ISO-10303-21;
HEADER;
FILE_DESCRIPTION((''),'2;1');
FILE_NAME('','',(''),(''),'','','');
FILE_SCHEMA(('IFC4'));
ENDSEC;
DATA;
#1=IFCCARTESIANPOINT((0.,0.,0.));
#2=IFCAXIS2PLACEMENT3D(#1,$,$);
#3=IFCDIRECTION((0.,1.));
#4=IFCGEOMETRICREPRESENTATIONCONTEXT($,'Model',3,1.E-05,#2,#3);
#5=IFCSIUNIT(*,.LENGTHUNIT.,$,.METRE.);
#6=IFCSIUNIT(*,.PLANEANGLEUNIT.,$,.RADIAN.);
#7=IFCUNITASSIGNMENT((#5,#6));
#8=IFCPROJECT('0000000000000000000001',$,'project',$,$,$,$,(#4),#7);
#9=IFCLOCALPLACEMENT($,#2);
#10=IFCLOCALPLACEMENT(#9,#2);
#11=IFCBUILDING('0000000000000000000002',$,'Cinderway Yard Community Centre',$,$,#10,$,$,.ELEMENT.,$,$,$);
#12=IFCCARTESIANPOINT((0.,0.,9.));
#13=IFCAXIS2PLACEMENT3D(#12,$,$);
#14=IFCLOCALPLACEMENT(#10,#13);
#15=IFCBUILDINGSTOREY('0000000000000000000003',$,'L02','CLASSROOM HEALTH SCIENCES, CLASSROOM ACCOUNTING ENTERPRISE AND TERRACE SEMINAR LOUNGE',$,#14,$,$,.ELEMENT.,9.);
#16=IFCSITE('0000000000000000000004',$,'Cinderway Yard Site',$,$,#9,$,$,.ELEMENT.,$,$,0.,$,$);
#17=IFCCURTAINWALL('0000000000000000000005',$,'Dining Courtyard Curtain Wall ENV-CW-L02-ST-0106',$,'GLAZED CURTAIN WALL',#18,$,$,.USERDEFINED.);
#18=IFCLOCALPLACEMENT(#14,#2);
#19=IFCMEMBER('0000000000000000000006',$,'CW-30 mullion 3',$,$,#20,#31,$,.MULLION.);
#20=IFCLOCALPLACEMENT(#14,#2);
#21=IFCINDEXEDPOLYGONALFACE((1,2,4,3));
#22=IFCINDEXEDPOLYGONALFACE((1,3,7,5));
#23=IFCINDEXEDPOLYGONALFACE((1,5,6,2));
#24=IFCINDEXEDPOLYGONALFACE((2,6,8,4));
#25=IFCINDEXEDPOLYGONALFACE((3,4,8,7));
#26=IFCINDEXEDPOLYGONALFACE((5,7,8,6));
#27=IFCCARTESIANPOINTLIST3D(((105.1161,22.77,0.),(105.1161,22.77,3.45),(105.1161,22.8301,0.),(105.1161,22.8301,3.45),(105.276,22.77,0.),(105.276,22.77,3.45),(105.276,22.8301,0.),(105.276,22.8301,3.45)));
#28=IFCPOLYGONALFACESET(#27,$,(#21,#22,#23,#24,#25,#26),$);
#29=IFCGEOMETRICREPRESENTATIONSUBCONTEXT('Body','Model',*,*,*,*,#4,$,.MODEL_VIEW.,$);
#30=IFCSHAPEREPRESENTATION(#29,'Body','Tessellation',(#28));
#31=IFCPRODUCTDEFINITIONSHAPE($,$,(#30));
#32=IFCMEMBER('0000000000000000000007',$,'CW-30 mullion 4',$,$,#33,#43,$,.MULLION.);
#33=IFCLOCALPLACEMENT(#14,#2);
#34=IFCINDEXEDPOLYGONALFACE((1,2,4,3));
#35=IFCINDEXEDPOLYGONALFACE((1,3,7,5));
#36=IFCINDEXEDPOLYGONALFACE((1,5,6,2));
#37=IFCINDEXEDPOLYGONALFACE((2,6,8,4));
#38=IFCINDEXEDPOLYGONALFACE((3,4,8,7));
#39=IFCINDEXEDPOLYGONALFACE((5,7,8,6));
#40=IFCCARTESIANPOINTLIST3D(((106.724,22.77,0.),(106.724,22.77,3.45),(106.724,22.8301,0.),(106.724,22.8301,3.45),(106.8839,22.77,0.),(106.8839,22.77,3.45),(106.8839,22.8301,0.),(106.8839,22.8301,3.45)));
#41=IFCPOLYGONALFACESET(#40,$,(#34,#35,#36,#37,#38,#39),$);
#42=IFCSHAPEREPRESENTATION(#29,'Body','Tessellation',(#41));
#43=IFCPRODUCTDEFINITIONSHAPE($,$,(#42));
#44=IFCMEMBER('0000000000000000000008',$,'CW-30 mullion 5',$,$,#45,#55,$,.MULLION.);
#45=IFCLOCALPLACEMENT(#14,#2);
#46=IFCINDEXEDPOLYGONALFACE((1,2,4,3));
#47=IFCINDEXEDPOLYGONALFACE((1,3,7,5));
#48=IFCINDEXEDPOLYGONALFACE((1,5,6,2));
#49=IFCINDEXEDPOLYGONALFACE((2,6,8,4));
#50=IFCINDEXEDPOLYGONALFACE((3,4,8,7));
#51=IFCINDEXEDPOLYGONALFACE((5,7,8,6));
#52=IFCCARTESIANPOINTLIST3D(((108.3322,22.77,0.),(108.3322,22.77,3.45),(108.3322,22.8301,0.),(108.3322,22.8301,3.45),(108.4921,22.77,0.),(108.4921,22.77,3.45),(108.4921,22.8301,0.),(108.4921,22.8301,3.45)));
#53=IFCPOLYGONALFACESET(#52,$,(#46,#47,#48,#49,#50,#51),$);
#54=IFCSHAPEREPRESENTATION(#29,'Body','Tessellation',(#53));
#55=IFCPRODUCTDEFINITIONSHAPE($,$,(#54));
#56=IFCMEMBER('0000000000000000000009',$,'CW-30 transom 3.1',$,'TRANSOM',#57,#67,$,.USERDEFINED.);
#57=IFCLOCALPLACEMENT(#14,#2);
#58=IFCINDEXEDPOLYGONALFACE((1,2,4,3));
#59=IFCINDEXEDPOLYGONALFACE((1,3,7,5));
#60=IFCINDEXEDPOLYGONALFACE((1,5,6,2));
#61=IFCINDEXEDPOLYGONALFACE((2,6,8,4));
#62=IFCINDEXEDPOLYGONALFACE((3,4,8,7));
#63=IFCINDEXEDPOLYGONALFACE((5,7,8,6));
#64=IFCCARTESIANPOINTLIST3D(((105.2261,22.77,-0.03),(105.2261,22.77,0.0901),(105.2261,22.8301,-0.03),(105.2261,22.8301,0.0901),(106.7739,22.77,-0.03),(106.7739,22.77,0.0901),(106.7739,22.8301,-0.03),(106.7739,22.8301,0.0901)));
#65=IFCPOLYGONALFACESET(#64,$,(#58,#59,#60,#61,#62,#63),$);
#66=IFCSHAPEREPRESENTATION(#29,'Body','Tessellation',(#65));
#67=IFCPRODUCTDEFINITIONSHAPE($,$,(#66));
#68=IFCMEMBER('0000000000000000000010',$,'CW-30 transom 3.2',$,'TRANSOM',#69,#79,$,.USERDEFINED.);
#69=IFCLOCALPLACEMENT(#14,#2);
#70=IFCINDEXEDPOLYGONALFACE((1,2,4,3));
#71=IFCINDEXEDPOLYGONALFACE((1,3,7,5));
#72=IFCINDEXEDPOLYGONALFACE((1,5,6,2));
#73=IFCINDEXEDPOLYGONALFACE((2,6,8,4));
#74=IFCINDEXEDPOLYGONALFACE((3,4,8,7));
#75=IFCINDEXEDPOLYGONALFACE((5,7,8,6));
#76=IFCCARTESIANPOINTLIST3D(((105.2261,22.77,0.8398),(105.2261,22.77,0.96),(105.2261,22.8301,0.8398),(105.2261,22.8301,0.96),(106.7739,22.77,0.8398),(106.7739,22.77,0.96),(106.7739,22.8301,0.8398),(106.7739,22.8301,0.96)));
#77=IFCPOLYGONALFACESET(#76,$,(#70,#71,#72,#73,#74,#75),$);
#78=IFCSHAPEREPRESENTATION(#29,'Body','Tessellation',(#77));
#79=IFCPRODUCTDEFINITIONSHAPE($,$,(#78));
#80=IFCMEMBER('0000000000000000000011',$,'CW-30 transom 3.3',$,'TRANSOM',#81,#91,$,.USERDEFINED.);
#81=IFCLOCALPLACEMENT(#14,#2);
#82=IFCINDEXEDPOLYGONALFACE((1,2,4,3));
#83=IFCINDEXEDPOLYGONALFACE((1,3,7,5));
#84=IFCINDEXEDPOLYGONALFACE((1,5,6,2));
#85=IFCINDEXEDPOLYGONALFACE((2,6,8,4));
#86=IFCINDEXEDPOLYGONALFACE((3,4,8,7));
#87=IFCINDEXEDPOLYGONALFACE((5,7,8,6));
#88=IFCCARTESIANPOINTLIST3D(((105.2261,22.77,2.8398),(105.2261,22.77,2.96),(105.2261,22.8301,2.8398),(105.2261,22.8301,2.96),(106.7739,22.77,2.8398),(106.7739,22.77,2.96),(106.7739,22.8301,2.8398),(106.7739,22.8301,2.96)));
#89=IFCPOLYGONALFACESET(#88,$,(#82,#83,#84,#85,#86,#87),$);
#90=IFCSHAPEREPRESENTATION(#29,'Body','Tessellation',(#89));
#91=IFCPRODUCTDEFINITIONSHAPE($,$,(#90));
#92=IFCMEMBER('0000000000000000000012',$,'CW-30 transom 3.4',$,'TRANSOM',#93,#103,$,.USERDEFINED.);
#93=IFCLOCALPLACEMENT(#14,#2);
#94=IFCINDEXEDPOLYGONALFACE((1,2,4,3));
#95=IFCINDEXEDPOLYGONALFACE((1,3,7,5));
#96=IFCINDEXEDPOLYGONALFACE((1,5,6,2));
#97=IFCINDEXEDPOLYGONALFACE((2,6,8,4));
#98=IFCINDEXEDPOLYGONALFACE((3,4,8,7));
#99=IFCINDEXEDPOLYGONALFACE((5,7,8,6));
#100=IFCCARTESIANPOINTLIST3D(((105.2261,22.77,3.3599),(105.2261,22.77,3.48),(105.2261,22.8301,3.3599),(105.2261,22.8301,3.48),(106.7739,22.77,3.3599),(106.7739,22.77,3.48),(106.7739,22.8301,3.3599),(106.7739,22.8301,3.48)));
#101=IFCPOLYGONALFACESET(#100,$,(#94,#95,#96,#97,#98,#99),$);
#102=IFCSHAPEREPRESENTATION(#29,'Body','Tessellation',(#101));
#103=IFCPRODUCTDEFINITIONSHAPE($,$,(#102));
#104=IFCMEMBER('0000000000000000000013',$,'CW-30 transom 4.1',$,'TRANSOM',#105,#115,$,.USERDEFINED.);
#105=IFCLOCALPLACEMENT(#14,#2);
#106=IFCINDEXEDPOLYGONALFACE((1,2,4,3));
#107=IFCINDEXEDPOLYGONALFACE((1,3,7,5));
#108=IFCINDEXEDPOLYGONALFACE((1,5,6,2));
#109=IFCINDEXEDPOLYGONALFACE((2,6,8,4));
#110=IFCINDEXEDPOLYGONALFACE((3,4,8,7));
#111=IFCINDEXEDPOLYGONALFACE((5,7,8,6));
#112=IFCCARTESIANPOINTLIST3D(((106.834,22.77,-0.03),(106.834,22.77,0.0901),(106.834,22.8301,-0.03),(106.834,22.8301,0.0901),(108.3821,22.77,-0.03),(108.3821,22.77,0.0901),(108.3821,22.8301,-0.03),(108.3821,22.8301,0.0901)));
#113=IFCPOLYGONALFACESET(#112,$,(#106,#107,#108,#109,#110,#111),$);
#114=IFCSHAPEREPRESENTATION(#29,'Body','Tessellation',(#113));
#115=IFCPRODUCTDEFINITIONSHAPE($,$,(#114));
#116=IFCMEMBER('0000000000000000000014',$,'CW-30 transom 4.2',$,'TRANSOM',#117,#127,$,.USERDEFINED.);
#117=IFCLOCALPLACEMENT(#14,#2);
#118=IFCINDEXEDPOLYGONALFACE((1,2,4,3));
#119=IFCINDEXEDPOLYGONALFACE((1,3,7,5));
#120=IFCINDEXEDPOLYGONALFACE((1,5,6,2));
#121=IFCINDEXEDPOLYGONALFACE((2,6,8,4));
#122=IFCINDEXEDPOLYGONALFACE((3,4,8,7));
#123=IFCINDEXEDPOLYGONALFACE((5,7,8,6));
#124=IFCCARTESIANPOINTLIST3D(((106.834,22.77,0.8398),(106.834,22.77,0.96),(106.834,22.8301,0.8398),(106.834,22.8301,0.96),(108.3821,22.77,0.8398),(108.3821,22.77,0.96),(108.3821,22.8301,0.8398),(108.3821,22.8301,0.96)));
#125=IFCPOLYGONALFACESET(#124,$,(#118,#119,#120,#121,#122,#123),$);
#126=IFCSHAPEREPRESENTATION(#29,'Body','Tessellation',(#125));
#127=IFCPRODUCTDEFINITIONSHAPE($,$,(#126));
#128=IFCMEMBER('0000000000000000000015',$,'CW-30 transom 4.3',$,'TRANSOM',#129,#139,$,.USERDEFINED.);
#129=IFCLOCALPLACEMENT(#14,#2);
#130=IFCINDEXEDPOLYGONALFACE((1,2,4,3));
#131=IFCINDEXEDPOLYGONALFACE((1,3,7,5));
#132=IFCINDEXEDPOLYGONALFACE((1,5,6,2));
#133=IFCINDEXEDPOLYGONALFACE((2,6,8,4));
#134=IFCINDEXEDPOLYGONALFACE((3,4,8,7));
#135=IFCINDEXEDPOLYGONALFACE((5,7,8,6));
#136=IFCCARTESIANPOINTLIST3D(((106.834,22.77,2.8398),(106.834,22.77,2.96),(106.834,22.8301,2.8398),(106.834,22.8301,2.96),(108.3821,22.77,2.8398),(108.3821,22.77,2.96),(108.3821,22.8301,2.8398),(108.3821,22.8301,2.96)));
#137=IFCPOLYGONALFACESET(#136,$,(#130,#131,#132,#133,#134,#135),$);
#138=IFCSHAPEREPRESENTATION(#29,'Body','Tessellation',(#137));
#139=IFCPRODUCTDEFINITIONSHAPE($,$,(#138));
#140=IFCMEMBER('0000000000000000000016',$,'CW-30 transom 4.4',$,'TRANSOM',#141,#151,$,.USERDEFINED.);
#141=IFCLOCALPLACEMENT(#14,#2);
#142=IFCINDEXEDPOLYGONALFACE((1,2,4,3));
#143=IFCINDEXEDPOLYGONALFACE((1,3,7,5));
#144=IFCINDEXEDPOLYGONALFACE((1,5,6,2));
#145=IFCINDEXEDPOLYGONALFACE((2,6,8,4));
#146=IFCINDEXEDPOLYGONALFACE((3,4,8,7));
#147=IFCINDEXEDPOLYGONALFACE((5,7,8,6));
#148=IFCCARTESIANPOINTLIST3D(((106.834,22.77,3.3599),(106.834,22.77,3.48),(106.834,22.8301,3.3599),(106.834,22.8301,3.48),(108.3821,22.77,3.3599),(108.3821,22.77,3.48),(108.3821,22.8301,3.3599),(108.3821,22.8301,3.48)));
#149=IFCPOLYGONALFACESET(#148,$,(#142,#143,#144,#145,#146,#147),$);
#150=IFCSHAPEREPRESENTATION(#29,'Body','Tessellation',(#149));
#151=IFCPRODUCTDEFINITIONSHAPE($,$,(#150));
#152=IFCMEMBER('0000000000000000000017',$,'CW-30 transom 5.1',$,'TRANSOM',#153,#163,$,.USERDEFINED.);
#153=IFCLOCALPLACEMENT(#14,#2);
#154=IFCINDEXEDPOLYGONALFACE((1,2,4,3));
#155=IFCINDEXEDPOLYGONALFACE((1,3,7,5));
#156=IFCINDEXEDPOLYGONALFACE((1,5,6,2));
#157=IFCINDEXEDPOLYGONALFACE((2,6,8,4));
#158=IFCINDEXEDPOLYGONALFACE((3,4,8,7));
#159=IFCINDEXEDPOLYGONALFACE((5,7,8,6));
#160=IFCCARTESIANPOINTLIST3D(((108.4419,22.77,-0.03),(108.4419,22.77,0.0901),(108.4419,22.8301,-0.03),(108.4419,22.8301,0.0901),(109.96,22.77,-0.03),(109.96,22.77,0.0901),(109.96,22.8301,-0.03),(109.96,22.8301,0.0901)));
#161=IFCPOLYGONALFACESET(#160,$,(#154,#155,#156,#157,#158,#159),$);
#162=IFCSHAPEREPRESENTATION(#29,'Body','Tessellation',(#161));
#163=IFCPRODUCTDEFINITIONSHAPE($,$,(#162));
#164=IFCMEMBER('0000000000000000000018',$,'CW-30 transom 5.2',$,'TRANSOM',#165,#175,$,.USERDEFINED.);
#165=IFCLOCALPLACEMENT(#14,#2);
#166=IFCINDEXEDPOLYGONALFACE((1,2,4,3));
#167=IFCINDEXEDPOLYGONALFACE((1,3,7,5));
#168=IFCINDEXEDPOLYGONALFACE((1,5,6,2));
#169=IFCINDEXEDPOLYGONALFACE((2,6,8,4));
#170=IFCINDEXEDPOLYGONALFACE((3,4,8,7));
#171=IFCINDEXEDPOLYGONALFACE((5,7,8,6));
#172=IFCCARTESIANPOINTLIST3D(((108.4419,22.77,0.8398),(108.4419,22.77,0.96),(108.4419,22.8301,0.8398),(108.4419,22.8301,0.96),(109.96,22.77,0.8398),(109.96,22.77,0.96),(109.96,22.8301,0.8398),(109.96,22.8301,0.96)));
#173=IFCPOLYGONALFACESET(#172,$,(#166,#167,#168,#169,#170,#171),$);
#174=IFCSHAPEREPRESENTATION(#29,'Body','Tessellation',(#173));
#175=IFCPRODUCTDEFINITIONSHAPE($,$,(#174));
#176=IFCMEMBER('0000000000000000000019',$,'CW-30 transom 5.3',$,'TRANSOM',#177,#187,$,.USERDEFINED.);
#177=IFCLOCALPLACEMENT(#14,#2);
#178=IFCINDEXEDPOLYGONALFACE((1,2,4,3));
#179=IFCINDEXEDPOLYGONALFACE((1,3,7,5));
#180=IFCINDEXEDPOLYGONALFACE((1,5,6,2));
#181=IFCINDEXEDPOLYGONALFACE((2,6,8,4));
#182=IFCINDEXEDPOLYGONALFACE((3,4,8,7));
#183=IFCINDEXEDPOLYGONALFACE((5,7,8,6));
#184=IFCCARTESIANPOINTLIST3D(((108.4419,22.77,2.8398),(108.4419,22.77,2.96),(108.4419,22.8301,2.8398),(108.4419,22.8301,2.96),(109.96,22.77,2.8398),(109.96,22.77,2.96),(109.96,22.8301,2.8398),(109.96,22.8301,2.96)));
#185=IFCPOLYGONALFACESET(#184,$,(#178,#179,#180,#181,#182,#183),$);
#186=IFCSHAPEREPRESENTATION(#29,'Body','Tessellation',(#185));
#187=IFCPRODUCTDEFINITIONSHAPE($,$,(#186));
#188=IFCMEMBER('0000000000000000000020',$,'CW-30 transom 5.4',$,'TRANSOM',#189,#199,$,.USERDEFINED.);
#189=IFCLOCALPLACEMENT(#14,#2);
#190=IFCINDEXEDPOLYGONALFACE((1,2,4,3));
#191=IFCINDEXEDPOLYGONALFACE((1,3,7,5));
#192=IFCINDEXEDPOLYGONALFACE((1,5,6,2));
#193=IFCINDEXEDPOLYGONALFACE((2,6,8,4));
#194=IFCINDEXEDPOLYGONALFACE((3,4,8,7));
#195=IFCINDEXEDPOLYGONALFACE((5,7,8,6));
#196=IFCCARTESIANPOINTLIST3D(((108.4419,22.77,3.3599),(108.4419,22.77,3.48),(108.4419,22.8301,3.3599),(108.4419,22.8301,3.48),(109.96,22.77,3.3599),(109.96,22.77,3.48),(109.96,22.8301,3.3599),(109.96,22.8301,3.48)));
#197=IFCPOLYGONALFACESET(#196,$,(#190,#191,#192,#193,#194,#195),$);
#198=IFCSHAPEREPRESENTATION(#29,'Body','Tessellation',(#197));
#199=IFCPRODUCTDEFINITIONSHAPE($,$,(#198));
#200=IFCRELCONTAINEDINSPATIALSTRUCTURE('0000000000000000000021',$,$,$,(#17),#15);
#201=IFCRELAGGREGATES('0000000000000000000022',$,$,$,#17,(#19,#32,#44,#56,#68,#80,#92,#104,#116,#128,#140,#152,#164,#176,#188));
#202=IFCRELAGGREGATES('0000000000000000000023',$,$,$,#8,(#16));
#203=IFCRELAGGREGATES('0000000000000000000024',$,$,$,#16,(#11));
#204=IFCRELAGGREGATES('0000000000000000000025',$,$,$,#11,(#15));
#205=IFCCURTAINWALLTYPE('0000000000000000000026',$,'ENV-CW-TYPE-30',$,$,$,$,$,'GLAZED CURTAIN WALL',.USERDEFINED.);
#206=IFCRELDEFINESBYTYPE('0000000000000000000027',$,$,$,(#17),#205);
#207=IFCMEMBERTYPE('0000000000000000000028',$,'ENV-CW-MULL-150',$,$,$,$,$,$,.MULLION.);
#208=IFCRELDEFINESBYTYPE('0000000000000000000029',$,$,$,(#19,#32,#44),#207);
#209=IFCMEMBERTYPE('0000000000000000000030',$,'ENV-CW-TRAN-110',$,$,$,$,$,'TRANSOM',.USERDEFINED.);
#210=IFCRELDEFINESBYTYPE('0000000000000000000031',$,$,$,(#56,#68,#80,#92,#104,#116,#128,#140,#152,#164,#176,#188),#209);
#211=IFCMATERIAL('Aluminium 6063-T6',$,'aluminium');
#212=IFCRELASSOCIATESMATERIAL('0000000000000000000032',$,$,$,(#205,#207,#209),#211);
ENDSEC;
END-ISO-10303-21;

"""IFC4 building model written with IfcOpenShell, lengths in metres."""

from ifc_helpers import new_model, si_unit, direction, frame, origin, origin_2d, place, context, subcontext, project, spatial, rectangle, extrude, material, material_profile, profile_set, type_object, element, aggregate, save


model = new_model("IFC4")

# Units and contexts
model_context = context("Model", 3, precision=1e-05, world=origin(), true_north=direction((0.0, 1.0)))
body_context = subcontext(model_context, "Body", "Model", "MODEL_VIEW")
ifc_project = project(units=[si_unit("LENGTHUNIT", "METRE"), si_unit("PLANEANGLEUNIT", "RADIAN")], contexts=[model_context])

# Site, building, storey
site_placement = place(None, origin())
site = spatial("IfcSite", under=ifc_project, at=site_placement, Name="Cinderway Yard Site", CompositionType="ELEMENT", RefElevation=0.0)
building_placement = place(site_placement, origin())
building = spatial("IfcBuilding", under=site, at=building_placement, Name="Cinderway Yard Community Centre", CompositionType="ELEMENT")
storey_placement = place(building_placement, frame((0.0, 0.0, 9.0)))
storey = spatial("IfcBuildingStorey", under=building, at=storey_placement, Name="L02", Description="CLASSROOM HEALTH SCIENCES, CLASSROOM ACCOUNTING ENTERPRISE AND TERRACE SEMINAR LOUNGE", CompositionType="ELEMENT", Elevation=9.0)

# Curtain wall, members
ifc_material_1 = material(Name="Aluminium 6063-T6", Category="aluminium")
curtain_wall_type = type_object("IfcCurtainWallType", Name="ENV-CW-TYPE-30", ElementType="GLAZED CURTAIN WALL", PredefinedType="USERDEFINED", material=ifc_material_1)
curtain_wall_placement = place(storey_placement, origin())
curtain_wall = element("IfcCurtainWall", 1, at=curtain_wall_placement, inside=storey, type_object=curtain_wall_type, Name="Dining Courtyard Curtain Wall ENV-CW-L02-ST-0106", ObjectType="GLAZED CURTAIN WALL", PredefinedType="USERDEFINED")
ifc_material_profile_1 = material_profile(ifc_material_1, rectangle(XDim=0.0601, YDim=0.1599, at=origin_2d()), Name="Aluminium 6063-T6")
ifc_profile_set_1 = profile_set([ifc_material_profile_1], Name="Aluminium 6063-T6")
member_type_1 = type_object("IfcMemberType", Name="ENV-CW-MULL-150", PredefinedType="MULLION", material=ifc_profile_set_1)
member_1_placement = place(storey_placement, frame((105.196, 22.8, 0.0), z_axis=(0.0, 0.0, 1.0), x_axis=(0.0, 1.0, 0.0)))
member_1 = element("IfcMember", 2, at=member_1_placement, type_object=member_type_1, Name="CW-30 mullion 3", PredefinedType="MULLION", context=body_context, shape_type="SweptSolid", body=[
    extrude(rectangle(XDim=0.0601, YDim=0.1599, at=origin_2d()), origin(), (0.0, 0.0, 1.0), 3.45),
])
member_2_placement = place(storey_placement, frame((106.804, 22.8, 0.0), z_axis=(0.0, 0.0, 1.0), x_axis=(0.0, 1.0, 0.0)))
member_2 = element("IfcMember", 3, at=member_2_placement, type_object=member_type_1, Name="CW-30 mullion 4", PredefinedType="MULLION", context=body_context, shape_type="SweptSolid", body=[
    extrude(rectangle(XDim=0.0601, YDim=0.1599, at=origin_2d()), origin(), (0.0, 0.0, 1.0), 3.45),
])
member_3_placement = place(storey_placement, frame((108.4121, 22.8, 0.0), z_axis=(0.0, 0.0, 1.0), x_axis=(0.0, 1.0, 0.0)))
member_3 = element("IfcMember", 4, at=member_3_placement, type_object=member_type_1, Name="CW-30 mullion 5", PredefinedType="MULLION", context=body_context, shape_type="SweptSolid", body=[
    extrude(rectangle(XDim=0.0601, YDim=0.1599, at=origin_2d()), origin(), (0.0, 0.0, 1.0), 3.45),
])
ifc_material_profile_2 = material_profile(ifc_material_1, rectangle(XDim=0.0601, YDim=0.1201, at=origin_2d()), Name="Aluminium 6063-T6")
ifc_profile_set_2 = profile_set([ifc_material_profile_2], Name="Aluminium 6063-T6")
member_type_2 = type_object("IfcMemberType", Name="ENV-CW-TRAN-110", ElementType="TRANSOM", PredefinedType="USERDEFINED", material=ifc_profile_set_2)
member_4_placement = place(storey_placement, frame((105.2261, 22.8, 0.03), z_axis=(1.0, 0.0, 0.0), x_axis=(0.0, 1.0, 0.0)))
member_4 = element("IfcMember", 5, at=member_4_placement, type_object=member_type_2, Name="CW-30 transom 3.1", ObjectType="TRANSOM", PredefinedType="USERDEFINED", context=body_context, shape_type="SweptSolid", body=[
    extrude(rectangle(XDim=0.0601, YDim=0.1201, at=origin_2d()), origin(), (0.0, 0.0, 1.0), 1.5479),
])
member_5_placement = place(storey_placement, frame((105.2261, 22.8, 0.8999), z_axis=(1.0, 0.0, 0.0), x_axis=(0.0, 1.0, 0.0)))
member_5 = element("IfcMember", 6, at=member_5_placement, type_object=member_type_2, Name="CW-30 transom 3.2", ObjectType="TRANSOM", PredefinedType="USERDEFINED", context=body_context, shape_type="SweptSolid", body=[
    extrude(rectangle(XDim=0.0601, YDim=0.1201, at=origin_2d()), origin(), (0.0, 0.0, 1.0), 1.5479),
])
member_6_placement = place(storey_placement, frame((105.2261, 22.8, 2.8999), z_axis=(1.0, 0.0, 0.0), x_axis=(0.0, 1.0, 0.0)))
member_6 = element("IfcMember", 7, at=member_6_placement, type_object=member_type_2, Name="CW-30 transom 3.3", ObjectType="TRANSOM", PredefinedType="USERDEFINED", context=body_context, shape_type="SweptSolid", body=[
    extrude(rectangle(XDim=0.0601, YDim=0.1201, at=origin_2d()), origin(), (0.0, 0.0, 1.0), 1.5479),
])
member_7_placement = place(storey_placement, frame((105.2261, 22.8, 3.4199), z_axis=(1.0, 0.0, 0.0), x_axis=(0.0, 1.0, 0.0)))
member_7 = element("IfcMember", 8, at=member_7_placement, type_object=member_type_2, Name="CW-30 transom 3.4", ObjectType="TRANSOM", PredefinedType="USERDEFINED", context=body_context, shape_type="SweptSolid", body=[
    extrude(rectangle(XDim=0.0601, YDim=0.1201, at=origin_2d()), origin(), (0.0, 0.0, 1.0), 1.5479),
])
member_8_placement = place(storey_placement, frame((106.834, 22.8, 0.03), z_axis=(1.0, 0.0, 0.0), x_axis=(0.0, 1.0, 0.0)))
member_8 = element("IfcMember", 9, at=member_8_placement, type_object=member_type_2, Name="CW-30 transom 4.1", ObjectType="TRANSOM", PredefinedType="USERDEFINED", context=body_context, shape_type="SweptSolid", body=[
    extrude(rectangle(XDim=0.0601, YDim=0.1201, at=origin_2d()), origin(), (0.0, 0.0, 1.0), 1.5481),
])
member_9_placement = place(storey_placement, frame((106.834, 22.8, 0.8999), z_axis=(1.0, 0.0, 0.0), x_axis=(0.0, 1.0, 0.0)))
member_9 = element("IfcMember", 10, at=member_9_placement, type_object=member_type_2, Name="CW-30 transom 4.2", ObjectType="TRANSOM", PredefinedType="USERDEFINED", context=body_context, shape_type="SweptSolid", body=[
    extrude(rectangle(XDim=0.0601, YDim=0.1201, at=origin_2d()), origin(), (0.0, 0.0, 1.0), 1.5481),
])
member_10_placement = place(storey_placement, frame((106.834, 22.8, 2.8999), z_axis=(1.0, 0.0, 0.0), x_axis=(0.0, 1.0, 0.0)))
member_10 = element("IfcMember", 11, at=member_10_placement, type_object=member_type_2, Name="CW-30 transom 4.3", ObjectType="TRANSOM", PredefinedType="USERDEFINED", context=body_context, shape_type="SweptSolid", body=[
    extrude(rectangle(XDim=0.0601, YDim=0.1201, at=origin_2d()), origin(), (0.0, 0.0, 1.0), 1.5481),
])
member_11_placement = place(storey_placement, frame((106.834, 22.8, 3.4199), z_axis=(1.0, 0.0, 0.0), x_axis=(0.0, 1.0, 0.0)))
member_11 = element("IfcMember", 12, at=member_11_placement, type_object=member_type_2, Name="CW-30 transom 4.4", ObjectType="TRANSOM", PredefinedType="USERDEFINED", context=body_context, shape_type="SweptSolid", body=[
    extrude(rectangle(XDim=0.0601, YDim=0.1201, at=origin_2d()), origin(), (0.0, 0.0, 1.0), 1.5481),
])
member_12_placement = place(storey_placement, frame((108.4419, 22.8, 0.03), z_axis=(1.0, 0.0, 0.0), x_axis=(0.0, 1.0, 0.0)))
member_12 = element("IfcMember", 13, at=member_12_placement, type_object=member_type_2, Name="CW-30 transom 5.1", ObjectType="TRANSOM", PredefinedType="USERDEFINED", context=body_context, shape_type="SweptSolid", body=[
    extrude(rectangle(XDim=0.0601, YDim=0.1201, at=origin_2d()), origin(), (0.0, 0.0, 1.0), 1.5181),
])
member_13_placement = place(storey_placement, frame((108.4419, 22.8, 0.8999), z_axis=(1.0, 0.0, 0.0), x_axis=(0.0, 1.0, 0.0)))
member_13 = element("IfcMember", 14, at=member_13_placement, type_object=member_type_2, Name="CW-30 transom 5.2", ObjectType="TRANSOM", PredefinedType="USERDEFINED", context=body_context, shape_type="SweptSolid", body=[
    extrude(rectangle(XDim=0.0601, YDim=0.1201, at=origin_2d()), origin(), (0.0, 0.0, 1.0), 1.5181),
])
member_14_placement = place(storey_placement, frame((108.4419, 22.8, 2.8999), z_axis=(1.0, 0.0, 0.0), x_axis=(0.0, 1.0, 0.0)))
member_14 = element("IfcMember", 15, at=member_14_placement, type_object=member_type_2, Name="CW-30 transom 5.3", ObjectType="TRANSOM", PredefinedType="USERDEFINED", context=body_context, shape_type="SweptSolid", body=[
    extrude(rectangle(XDim=0.0601, YDim=0.1201, at=origin_2d()), origin(), (0.0, 0.0, 1.0), 1.5181),
])
member_15_placement = place(storey_placement, frame((108.4419, 22.8, 3.4199), z_axis=(1.0, 0.0, 0.0), x_axis=(0.0, 1.0, 0.0)))
member_15 = element("IfcMember", 16, at=member_15_placement, type_object=member_type_2, Name="CW-30 transom 5.4", ObjectType="TRANSOM", PredefinedType="USERDEFINED", context=body_context, shape_type="SweptSolid", body=[
    extrude(rectangle(XDim=0.0601, YDim=0.1201, at=origin_2d()), origin(), (0.0, 0.0, 1.0), 1.5181),
])

aggregate(curtain_wall, [member_1, member_2, member_3, member_4, member_5, member_6, member_7, member_8, member_9, member_10, member_11, member_12, member_13, member_14, member_15])

save(model, "model.ifc")
